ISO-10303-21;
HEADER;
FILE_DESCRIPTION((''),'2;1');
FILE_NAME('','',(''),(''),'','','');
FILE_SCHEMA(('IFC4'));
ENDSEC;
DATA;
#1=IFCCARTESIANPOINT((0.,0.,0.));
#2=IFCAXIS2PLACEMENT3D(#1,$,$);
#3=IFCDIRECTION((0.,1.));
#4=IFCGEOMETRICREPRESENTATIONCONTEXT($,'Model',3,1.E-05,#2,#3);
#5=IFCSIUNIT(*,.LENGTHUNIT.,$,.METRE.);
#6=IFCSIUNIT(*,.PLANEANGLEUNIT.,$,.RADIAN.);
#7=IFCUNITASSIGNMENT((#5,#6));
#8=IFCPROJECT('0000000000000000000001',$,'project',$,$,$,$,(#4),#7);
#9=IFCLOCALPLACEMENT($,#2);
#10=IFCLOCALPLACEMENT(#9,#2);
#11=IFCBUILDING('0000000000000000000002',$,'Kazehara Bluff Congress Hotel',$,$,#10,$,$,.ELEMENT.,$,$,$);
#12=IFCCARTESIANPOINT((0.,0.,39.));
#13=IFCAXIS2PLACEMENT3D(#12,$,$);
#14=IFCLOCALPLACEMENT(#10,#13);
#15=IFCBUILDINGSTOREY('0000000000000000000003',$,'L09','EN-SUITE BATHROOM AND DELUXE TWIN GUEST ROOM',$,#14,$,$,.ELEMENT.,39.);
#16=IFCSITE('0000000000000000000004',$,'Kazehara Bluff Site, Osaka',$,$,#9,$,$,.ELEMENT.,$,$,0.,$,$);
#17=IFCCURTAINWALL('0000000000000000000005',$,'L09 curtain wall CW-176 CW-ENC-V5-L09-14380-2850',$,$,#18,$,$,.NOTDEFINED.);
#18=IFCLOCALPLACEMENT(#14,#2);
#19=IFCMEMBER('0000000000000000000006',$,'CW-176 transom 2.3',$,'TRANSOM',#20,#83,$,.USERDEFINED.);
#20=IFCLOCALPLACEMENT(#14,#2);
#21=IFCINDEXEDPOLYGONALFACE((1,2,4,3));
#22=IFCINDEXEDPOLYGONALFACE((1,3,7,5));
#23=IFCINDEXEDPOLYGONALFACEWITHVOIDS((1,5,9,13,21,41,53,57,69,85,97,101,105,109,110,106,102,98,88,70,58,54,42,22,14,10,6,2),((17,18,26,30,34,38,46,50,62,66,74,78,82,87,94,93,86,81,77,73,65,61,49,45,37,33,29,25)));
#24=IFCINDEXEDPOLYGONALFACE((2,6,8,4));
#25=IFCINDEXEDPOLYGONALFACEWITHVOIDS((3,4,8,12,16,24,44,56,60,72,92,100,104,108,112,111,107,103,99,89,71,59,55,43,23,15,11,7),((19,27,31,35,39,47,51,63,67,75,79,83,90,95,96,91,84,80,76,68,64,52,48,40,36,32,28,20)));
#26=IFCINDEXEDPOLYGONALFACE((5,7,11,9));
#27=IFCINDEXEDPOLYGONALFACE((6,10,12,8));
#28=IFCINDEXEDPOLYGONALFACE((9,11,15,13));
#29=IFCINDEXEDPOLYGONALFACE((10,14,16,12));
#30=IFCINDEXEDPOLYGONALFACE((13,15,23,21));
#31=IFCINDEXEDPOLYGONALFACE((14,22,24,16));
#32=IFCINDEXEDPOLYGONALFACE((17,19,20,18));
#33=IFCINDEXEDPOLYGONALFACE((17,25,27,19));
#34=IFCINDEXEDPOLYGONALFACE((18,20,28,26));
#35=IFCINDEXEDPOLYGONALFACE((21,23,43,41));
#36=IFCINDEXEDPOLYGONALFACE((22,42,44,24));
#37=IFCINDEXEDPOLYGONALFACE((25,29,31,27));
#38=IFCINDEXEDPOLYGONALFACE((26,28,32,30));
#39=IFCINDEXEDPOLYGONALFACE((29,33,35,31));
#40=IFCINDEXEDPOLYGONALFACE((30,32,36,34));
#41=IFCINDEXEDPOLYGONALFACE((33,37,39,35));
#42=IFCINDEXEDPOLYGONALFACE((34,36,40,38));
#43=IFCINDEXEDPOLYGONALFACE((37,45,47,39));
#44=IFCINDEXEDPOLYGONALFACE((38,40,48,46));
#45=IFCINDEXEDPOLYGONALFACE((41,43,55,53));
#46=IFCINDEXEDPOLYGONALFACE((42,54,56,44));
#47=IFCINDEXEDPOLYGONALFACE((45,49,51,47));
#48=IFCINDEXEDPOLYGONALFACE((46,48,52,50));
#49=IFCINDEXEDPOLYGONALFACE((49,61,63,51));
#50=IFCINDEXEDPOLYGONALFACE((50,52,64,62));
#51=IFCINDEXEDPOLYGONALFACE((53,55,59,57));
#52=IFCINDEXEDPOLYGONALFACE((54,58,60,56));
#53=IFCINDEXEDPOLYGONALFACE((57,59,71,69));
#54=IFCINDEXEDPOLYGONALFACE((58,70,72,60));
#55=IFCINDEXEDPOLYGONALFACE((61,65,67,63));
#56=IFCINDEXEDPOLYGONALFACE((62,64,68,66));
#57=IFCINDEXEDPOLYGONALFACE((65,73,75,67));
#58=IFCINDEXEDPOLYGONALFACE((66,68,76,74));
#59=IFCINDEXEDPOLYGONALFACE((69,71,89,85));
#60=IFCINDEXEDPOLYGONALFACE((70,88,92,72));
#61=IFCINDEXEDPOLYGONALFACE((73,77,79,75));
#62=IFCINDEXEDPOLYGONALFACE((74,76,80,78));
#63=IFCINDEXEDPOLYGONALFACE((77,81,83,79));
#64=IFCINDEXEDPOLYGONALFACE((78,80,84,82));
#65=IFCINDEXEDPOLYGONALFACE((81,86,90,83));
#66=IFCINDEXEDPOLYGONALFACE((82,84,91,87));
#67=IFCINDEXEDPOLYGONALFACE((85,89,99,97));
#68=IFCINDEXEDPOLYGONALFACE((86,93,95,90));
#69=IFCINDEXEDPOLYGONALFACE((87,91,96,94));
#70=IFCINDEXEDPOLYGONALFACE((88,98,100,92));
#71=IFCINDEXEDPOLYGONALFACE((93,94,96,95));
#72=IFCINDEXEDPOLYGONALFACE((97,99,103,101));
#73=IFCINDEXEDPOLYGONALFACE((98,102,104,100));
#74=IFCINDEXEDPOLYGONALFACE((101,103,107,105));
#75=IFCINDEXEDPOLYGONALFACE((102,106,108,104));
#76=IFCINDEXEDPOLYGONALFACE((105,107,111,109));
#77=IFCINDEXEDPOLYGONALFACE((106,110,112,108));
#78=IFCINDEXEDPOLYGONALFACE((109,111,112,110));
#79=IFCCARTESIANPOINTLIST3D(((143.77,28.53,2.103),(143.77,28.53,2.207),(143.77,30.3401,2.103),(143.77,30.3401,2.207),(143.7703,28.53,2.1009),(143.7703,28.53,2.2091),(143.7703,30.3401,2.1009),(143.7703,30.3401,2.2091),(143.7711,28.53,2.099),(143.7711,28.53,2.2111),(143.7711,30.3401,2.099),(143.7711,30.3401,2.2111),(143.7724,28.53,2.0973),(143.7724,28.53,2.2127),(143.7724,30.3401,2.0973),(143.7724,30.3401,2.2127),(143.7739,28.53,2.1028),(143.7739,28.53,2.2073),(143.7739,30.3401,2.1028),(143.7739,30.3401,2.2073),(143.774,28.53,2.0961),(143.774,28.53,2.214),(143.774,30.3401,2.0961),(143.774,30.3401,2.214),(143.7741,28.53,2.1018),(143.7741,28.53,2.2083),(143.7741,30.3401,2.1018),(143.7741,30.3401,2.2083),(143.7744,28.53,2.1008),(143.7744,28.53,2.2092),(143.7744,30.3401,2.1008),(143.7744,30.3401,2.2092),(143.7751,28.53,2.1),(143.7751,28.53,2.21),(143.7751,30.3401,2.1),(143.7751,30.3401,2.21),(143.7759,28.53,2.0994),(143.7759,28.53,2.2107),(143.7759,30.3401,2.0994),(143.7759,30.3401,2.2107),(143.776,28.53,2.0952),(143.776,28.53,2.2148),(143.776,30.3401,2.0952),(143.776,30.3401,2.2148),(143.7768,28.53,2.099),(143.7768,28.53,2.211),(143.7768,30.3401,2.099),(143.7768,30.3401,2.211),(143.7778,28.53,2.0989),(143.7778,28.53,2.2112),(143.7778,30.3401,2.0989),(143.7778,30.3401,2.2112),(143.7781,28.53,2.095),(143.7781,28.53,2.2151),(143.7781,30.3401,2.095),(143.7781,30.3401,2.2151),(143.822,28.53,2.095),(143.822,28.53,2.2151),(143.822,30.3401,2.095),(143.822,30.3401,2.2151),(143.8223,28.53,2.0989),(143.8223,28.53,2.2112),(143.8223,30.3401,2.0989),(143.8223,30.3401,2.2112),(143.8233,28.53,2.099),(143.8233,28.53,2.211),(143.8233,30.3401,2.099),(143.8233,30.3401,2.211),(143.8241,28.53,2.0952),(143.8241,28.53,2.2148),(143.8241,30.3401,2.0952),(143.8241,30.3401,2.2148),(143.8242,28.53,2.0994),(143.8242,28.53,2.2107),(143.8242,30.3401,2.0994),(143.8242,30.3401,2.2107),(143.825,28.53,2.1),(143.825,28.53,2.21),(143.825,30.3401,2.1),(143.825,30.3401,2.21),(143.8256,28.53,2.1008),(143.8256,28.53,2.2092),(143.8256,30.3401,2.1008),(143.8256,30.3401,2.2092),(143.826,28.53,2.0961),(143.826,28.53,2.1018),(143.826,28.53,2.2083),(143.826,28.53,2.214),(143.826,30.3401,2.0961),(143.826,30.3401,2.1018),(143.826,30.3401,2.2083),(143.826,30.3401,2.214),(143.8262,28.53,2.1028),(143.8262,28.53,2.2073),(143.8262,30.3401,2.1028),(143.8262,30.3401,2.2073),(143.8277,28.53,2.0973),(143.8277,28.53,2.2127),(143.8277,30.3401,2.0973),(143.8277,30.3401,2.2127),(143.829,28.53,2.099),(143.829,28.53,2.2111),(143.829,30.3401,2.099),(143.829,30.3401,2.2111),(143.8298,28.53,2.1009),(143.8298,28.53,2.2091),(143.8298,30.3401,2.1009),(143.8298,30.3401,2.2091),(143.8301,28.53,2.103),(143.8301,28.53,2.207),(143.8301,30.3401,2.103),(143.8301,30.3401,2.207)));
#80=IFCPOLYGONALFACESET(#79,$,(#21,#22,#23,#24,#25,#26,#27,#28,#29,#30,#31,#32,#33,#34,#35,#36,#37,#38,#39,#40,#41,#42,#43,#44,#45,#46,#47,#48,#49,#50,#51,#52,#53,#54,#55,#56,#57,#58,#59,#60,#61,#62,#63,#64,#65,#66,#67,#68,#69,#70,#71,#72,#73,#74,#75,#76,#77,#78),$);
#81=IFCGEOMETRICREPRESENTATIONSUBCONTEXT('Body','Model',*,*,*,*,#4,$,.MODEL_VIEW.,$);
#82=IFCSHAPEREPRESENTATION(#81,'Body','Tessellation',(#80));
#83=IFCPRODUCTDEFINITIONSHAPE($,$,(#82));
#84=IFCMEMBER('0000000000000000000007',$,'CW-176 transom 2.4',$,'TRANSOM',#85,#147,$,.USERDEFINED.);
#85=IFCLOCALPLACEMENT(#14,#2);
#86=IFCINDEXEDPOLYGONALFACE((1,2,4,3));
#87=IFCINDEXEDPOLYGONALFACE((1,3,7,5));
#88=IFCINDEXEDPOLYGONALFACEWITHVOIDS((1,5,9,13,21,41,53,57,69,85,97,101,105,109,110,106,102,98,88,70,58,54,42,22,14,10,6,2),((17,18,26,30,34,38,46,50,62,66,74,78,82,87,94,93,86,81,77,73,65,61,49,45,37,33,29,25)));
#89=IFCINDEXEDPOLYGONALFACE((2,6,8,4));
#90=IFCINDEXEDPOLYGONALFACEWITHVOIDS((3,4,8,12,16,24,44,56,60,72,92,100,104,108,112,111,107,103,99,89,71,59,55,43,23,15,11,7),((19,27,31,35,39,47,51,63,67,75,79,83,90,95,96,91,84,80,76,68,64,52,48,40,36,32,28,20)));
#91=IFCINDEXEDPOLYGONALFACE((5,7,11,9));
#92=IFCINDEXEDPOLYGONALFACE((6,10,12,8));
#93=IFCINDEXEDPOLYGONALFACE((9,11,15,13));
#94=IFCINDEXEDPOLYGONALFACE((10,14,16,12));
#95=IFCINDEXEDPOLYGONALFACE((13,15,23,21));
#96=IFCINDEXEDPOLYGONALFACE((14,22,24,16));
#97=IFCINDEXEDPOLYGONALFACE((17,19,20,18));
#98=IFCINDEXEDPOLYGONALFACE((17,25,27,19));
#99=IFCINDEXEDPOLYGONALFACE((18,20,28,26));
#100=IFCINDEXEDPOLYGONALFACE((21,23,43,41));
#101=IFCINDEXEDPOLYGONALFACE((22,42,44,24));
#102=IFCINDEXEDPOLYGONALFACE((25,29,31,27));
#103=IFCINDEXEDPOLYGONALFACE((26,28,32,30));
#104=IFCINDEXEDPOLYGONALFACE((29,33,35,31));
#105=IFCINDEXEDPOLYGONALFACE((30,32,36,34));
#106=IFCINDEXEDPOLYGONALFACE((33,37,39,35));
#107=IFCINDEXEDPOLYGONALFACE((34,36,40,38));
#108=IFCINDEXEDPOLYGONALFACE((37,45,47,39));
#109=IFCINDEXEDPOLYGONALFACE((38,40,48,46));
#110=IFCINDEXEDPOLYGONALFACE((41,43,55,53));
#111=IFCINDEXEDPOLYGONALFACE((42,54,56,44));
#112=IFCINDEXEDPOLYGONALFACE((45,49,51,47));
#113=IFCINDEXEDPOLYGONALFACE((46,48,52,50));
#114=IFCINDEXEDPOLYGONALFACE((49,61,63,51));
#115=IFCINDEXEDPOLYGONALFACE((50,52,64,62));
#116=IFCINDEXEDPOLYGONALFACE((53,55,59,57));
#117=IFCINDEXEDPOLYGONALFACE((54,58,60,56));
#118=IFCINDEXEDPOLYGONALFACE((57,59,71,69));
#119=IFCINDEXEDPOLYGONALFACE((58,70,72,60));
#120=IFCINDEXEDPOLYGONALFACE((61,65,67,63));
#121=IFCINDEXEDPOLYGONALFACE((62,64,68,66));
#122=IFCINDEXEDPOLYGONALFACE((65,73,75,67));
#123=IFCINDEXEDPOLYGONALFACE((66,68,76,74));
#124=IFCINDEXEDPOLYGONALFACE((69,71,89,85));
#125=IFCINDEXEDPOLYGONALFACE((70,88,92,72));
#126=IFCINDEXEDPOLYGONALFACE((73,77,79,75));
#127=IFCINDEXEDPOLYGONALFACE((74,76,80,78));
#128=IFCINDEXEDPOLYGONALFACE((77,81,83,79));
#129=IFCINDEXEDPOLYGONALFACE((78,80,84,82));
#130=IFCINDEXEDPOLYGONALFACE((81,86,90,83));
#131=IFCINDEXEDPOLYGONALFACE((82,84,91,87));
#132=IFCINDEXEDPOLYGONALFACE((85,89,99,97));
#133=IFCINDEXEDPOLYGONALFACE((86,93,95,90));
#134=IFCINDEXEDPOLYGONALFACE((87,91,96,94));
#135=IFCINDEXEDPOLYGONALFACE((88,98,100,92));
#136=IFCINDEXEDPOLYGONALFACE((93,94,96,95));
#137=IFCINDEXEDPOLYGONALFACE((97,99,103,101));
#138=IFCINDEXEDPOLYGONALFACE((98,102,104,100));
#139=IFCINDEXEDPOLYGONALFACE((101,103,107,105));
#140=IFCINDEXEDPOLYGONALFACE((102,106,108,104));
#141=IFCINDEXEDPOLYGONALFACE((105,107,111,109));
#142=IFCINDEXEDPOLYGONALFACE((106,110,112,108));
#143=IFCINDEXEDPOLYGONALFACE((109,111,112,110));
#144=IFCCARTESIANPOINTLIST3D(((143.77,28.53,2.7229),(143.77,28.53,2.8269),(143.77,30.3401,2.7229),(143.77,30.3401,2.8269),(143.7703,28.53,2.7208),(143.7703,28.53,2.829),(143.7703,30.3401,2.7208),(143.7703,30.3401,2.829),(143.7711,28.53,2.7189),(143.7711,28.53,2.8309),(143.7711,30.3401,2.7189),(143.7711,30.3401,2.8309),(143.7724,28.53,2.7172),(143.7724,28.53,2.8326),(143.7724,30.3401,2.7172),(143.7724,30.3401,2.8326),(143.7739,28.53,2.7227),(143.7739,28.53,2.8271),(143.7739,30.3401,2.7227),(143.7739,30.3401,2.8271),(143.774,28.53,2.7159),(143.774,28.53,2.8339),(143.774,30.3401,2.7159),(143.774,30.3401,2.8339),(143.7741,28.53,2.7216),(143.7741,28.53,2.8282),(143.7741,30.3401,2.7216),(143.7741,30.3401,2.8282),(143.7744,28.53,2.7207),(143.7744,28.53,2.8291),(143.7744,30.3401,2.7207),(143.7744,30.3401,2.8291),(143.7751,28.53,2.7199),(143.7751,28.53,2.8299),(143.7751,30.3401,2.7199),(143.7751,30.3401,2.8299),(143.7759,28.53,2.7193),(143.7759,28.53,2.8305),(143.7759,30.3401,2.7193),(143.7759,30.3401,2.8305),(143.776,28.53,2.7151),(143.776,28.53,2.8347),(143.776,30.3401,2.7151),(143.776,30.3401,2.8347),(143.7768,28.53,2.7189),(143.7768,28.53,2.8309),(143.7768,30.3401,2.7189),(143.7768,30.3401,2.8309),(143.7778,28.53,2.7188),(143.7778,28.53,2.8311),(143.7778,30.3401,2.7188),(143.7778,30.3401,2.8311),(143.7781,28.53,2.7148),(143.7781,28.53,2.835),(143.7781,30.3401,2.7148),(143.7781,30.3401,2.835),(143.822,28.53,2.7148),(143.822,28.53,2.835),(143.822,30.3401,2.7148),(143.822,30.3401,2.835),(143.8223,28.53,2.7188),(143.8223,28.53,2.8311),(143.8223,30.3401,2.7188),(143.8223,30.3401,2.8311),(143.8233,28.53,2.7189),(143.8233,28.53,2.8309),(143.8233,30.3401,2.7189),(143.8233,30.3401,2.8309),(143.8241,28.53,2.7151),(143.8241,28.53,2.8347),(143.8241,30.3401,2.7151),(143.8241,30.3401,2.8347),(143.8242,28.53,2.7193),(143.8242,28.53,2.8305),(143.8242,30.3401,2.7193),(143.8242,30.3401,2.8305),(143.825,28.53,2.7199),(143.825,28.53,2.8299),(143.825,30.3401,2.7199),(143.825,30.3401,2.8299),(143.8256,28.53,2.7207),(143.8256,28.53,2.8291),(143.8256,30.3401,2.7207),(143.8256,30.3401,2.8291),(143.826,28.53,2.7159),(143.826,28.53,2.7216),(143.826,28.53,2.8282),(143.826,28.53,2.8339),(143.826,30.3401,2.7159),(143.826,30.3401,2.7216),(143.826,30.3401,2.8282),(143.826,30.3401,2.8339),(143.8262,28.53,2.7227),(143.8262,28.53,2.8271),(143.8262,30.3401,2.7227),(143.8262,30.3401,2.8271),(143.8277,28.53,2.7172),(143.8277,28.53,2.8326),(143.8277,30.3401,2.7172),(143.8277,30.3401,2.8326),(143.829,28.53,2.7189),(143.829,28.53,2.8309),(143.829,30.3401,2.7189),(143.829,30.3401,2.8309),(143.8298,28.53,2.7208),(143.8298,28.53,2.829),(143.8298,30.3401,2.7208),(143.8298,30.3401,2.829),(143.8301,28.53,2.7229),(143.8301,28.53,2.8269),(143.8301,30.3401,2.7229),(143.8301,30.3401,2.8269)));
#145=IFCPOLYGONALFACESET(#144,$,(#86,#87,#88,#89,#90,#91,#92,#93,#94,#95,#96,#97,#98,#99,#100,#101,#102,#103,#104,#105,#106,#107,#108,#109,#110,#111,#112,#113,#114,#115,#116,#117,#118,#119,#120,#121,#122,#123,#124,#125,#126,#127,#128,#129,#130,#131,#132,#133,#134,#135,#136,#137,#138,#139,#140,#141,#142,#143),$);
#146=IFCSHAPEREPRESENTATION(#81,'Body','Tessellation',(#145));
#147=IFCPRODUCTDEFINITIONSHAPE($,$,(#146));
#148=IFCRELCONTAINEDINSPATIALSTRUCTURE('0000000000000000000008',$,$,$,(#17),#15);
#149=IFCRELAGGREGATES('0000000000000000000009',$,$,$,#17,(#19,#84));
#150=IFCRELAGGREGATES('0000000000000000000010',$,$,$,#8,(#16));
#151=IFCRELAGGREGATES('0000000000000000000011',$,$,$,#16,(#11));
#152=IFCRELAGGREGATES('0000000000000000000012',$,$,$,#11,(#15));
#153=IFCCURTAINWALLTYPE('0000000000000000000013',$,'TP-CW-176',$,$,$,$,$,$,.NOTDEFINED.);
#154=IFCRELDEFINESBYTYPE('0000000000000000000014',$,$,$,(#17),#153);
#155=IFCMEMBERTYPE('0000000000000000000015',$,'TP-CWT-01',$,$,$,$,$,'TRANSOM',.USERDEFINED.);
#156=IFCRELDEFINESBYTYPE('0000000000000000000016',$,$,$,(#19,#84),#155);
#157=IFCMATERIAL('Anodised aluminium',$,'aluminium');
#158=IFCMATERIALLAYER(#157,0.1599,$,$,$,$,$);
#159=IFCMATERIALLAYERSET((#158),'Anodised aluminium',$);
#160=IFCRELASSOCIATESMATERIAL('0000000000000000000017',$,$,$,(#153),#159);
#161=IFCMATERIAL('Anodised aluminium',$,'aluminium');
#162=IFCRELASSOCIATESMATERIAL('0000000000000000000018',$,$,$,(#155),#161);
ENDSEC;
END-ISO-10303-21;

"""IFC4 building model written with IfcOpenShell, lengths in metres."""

from ifc_helpers import new_model, si_unit, direction, frame, origin, origin_2d, place, context, subcontext, project, spatial, hollow_rectangle, extrude, material, layer, layer_set, material_profile, profile_set, type_object, element, aggregate, save


model = new_model("IFC4")

# Units and contexts
model_context = context("Model", 3, precision=1e-05, world=origin(), true_north=direction((0.0, 1.0)))
body_context = subcontext(model_context, "Body", "Model", "MODEL_VIEW")
ifc_project = project(units=[si_unit("LENGTHUNIT", "METRE"), si_unit("PLANEANGLEUNIT", "RADIAN")], contexts=[model_context])

# Site, building, storey
site_placement = place(None, origin())
site = spatial("IfcSite", under=ifc_project, at=site_placement, Name="Kazehara Bluff Site, Osaka", CompositionType="ELEMENT", RefElevation=0.0)
building_placement = place(site_placement, origin())
building = spatial("IfcBuilding", under=site, at=building_placement, Name="Kazehara Bluff Congress Hotel", CompositionType="ELEMENT")
storey_placement = place(building_placement, frame((0.0, 0.0, 39.0)))
storey = spatial("IfcBuildingStorey", under=building, at=storey_placement, Name="L09", Description="EN-SUITE BATHROOM AND DELUXE TWIN GUEST ROOM", CompositionType="ELEMENT", Elevation=39.0)

# Curtain wall
ifc_material_1 = material(Name="Anodised aluminium", Category="aluminium")
ifc_layer_1 = layer(ifc_material_1, 0.1599)
ifc_layer_set_1 = layer_set([ifc_layer_1], Name="Anodised aluminium")
curtain_wall_type_1 = type_object("IfcCurtainWallType", Name="TP-CW-176", PredefinedType="NOTDEFINED", material=ifc_layer_set_1)
curtain_wall_1_placement = place(storey_placement, origin())
curtain_wall_1 = element("IfcCurtainWall", 1, at=curtain_wall_1_placement, inside=storey, type_object=curtain_wall_type_1, Name="L09 curtain wall CW-176 CW-ENC-V5-L09-14380-2850", PredefinedType="NOTDEFINED")

# Members
ifc_material_2 = material(Name="Anodised aluminium", Category="aluminium")
ifc_material_profile_1 = material_profile(ifc_material_2, hollow_rectangle(XDim=0.0601, YDim=0.1201, WallThickness=0.0039, InnerFilletRadius=0.0039, OuterFilletRadius=0.0081, at=origin_2d()))
ifc_profile_set_1 = profile_set([ifc_material_profile_1], Name="Anodised aluminium")
member_type_1 = type_object("IfcMemberType", Name="TP-CWT-01", ElementType="TRANSOM", PredefinedType="USERDEFINED", material=ifc_profile_set_1)
member_1_placement = place(storey_placement, frame((143.8, 28.53, 2.155), z_axis=(0.0, 1.0, 0.0), x_axis=(-1.0, 0.0, 0.0)))
member_1 = element("IfcMember", 2, at=member_1_placement, type_object=member_type_1, Name="CW-176 transom 2.3", ObjectType="TRANSOM", PredefinedType="USERDEFINED", context=body_context, shape_type="SweptSolid", body=[
    extrude(hollow_rectangle(XDim=0.0601, YDim=0.1201, WallThickness=0.0039, InnerFilletRadius=0.0039, OuterFilletRadius=0.0081, at=origin_2d()), origin(), (0.0, 0.0, 1.0), 1.8101),
])
member_2_placement = place(storey_placement, frame((143.8, 28.53, 2.7749), z_axis=(0.0, 1.0, 0.0), x_axis=(-1.0, 0.0, 0.0)))
member_2 = element("IfcMember", 3, at=member_2_placement, type_object=member_type_1, Name="CW-176 transom 2.4", ObjectType="TRANSOM", PredefinedType="USERDEFINED", context=body_context, shape_type="SweptSolid", body=[
    extrude(hollow_rectangle(XDim=0.0601, YDim=0.1201, WallThickness=0.0039, InnerFilletRadius=0.0039, OuterFilletRadius=0.0081, at=origin_2d()), origin(), (0.0, 0.0, 1.0), 1.8101),
])

aggregate(curtain_wall_1, [member_1, member_2])

save(model, "model.ifc")
